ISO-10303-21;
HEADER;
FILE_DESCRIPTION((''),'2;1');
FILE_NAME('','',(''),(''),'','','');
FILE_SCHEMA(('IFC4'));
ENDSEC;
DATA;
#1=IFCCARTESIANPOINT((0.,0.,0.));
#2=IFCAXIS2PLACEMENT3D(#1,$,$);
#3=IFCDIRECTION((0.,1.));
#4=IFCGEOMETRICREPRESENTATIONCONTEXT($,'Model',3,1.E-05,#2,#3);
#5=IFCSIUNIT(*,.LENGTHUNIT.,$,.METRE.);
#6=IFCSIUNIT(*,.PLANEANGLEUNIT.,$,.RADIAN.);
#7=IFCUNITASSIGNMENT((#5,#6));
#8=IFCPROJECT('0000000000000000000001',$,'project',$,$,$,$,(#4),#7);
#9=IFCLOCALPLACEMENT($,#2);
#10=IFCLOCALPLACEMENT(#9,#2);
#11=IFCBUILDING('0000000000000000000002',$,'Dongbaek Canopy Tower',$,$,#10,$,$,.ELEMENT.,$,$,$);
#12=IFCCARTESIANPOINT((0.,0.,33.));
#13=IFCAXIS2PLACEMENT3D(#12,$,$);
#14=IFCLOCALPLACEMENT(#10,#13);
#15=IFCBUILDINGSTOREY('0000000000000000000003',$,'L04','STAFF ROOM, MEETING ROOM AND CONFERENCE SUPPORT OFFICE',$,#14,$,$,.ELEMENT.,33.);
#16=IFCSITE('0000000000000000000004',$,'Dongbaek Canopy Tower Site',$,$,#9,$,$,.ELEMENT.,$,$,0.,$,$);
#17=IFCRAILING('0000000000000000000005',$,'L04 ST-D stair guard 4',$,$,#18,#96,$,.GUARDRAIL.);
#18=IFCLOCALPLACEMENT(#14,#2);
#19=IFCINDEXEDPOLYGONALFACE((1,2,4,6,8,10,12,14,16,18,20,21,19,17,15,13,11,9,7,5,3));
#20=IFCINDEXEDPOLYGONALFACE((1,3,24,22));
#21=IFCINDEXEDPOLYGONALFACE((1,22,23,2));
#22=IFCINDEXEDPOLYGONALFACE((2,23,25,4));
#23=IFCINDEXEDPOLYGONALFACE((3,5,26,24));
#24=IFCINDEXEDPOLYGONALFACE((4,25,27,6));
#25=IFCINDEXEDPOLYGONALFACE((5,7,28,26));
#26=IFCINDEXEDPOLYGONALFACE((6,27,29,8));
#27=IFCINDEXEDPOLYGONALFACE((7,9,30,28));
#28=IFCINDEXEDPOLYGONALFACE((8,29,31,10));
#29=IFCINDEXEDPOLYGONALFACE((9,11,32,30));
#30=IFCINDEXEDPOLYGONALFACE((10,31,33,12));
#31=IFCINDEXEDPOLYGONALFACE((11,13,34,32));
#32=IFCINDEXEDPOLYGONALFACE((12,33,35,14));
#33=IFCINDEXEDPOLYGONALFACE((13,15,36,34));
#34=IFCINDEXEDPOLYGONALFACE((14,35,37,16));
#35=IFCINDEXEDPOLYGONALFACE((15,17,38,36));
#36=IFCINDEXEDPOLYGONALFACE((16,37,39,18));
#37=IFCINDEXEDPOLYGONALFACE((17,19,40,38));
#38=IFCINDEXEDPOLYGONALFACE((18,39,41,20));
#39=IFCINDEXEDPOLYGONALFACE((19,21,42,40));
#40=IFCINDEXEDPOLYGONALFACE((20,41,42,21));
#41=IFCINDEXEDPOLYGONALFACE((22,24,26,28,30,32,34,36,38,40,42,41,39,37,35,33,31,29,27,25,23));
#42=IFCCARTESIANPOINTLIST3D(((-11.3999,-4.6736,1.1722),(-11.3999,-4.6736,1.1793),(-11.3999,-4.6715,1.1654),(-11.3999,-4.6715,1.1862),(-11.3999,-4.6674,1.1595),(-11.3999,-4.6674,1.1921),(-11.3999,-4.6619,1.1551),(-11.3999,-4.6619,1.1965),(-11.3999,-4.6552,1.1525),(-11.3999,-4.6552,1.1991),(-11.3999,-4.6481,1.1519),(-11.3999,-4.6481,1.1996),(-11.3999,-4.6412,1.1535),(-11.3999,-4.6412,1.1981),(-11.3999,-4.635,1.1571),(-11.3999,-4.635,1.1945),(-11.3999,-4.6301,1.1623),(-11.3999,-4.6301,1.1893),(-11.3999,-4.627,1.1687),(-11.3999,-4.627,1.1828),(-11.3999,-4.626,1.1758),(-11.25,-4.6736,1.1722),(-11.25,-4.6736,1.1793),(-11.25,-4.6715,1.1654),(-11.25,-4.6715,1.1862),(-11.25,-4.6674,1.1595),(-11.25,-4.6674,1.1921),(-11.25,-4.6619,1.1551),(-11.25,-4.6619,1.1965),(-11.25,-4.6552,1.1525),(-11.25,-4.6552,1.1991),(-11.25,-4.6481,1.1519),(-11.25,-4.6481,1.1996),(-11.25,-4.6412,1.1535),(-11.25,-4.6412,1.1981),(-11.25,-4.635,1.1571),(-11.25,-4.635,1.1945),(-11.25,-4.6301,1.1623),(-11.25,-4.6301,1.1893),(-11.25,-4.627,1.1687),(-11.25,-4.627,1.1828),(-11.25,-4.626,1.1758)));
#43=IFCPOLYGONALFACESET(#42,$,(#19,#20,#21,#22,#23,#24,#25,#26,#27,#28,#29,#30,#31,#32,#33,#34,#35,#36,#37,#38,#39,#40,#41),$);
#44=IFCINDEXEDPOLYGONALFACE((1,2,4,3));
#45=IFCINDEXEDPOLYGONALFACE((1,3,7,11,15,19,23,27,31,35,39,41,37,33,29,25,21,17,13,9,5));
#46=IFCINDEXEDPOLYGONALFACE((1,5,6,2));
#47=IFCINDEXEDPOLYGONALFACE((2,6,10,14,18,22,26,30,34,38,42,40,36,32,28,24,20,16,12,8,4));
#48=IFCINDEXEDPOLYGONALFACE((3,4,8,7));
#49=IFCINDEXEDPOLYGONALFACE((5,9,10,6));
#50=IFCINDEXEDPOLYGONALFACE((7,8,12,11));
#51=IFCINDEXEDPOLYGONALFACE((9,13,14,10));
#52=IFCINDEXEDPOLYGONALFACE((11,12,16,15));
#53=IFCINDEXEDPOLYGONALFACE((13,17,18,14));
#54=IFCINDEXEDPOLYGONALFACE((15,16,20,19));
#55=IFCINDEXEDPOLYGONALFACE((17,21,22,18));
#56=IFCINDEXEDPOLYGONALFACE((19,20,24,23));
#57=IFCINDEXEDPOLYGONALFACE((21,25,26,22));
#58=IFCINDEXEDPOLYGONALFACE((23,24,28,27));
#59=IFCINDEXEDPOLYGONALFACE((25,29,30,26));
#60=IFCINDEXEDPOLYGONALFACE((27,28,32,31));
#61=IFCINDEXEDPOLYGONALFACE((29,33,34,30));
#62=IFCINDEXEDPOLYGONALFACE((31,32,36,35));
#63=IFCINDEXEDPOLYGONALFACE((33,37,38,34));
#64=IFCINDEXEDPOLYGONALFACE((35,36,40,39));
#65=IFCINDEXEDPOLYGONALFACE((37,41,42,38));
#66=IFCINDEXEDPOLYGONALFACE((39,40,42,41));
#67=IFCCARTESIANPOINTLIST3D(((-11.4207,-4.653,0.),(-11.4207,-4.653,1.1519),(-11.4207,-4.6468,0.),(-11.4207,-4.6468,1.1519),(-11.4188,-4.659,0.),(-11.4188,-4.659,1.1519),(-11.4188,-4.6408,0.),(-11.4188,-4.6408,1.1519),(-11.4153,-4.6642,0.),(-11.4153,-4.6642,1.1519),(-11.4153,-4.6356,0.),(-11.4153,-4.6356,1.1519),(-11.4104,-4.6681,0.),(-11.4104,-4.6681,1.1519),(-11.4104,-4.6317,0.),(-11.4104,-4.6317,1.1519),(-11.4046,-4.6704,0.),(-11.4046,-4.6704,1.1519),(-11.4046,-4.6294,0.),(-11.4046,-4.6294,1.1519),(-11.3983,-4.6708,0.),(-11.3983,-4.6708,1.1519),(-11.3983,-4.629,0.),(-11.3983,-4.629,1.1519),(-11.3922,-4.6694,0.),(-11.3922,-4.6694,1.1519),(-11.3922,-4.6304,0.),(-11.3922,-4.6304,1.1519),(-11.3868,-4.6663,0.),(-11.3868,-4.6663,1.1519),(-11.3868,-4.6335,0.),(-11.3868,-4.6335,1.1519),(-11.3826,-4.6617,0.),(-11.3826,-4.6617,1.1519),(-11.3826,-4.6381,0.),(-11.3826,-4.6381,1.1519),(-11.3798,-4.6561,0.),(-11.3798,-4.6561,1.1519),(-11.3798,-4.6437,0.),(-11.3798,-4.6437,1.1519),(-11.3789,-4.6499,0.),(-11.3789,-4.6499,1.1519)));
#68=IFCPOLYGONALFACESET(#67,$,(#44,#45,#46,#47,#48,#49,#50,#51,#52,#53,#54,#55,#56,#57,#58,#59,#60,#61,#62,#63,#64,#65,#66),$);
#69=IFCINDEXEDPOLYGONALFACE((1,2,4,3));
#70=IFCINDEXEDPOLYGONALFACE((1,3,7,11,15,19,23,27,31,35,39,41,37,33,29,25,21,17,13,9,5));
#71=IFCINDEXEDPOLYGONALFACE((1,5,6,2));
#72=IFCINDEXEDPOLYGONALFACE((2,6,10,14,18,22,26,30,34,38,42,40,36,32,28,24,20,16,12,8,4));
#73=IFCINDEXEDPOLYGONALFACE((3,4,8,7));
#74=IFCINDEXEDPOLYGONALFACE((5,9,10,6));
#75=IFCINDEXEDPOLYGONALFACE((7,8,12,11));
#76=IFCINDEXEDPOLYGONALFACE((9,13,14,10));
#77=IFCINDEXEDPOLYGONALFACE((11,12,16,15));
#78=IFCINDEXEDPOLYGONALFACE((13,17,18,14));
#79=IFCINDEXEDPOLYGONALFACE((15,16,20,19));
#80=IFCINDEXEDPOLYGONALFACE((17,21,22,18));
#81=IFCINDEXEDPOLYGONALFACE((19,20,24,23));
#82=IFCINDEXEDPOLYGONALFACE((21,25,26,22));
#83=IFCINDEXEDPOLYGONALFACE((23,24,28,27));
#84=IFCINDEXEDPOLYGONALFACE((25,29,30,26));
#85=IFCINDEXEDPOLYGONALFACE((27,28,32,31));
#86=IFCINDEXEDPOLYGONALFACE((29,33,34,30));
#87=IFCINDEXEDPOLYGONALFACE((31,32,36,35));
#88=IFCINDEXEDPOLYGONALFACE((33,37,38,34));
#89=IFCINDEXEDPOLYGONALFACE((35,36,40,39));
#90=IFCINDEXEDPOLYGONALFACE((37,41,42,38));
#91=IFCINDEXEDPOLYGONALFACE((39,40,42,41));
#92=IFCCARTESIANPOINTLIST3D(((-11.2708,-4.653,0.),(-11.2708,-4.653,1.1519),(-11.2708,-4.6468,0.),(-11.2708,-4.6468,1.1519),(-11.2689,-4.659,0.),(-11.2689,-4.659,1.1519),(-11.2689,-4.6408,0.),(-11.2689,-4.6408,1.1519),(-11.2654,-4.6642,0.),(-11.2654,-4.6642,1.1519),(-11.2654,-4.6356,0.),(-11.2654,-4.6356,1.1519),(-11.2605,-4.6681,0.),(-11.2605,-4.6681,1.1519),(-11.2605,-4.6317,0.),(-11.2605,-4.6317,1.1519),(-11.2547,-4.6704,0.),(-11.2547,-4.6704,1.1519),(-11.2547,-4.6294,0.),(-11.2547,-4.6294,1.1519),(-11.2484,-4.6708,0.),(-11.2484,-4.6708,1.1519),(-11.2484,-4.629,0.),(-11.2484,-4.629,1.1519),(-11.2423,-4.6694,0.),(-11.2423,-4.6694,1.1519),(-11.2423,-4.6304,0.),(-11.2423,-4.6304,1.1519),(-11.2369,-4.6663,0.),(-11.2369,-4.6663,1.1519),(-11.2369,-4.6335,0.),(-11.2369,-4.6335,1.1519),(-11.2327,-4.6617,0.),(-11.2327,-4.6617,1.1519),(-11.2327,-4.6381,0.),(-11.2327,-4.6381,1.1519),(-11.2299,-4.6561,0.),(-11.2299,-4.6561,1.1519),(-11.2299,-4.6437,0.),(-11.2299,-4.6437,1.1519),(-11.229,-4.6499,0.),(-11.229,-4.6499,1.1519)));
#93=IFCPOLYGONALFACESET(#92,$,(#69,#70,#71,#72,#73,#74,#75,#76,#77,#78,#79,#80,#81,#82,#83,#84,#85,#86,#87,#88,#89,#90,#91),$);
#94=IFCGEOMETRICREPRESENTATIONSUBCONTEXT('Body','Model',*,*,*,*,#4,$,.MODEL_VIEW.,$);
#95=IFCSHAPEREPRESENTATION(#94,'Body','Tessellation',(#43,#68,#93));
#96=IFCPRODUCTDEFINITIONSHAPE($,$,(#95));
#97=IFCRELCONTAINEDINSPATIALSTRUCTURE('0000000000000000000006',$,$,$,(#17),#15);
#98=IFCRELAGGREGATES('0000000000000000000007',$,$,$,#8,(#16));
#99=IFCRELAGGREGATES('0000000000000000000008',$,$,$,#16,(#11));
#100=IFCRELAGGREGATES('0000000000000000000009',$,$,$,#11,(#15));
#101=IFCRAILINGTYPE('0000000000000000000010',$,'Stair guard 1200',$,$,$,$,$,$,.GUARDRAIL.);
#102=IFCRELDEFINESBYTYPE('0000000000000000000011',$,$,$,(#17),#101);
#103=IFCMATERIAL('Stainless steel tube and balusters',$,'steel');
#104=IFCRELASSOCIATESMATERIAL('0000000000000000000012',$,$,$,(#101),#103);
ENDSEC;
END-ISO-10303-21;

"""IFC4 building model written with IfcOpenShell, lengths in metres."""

from ifc_helpers import new_model, si_unit, direction, frame, origin, origin_2d, place, context, subcontext, project, spatial, circle, extrude, material, type_object, element, save


model = new_model("IFC4")

# Units and contexts
model_context = context("Model", 3, precision=1e-05, world=origin(), true_north=direction((0.0, 1.0)))
body_context = subcontext(model_context, "Body", "Model", "MODEL_VIEW")
ifc_project = project(units=[si_unit("LENGTHUNIT", "METRE"), si_unit("PLANEANGLEUNIT", "RADIAN")], contexts=[model_context])

# Site, building, storey
site_placement = place(None, origin())
site = spatial("IfcSite", under=ifc_project, at=site_placement, Name="Dongbaek Canopy Tower Site", CompositionType="ELEMENT", RefElevation=0.0)
building_placement = place(site_placement, origin())
building = spatial("IfcBuilding", under=site, at=building_placement, Name="Dongbaek Canopy Tower", CompositionType="ELEMENT")
storey_placement = place(building_placement, frame((0.0, 0.0, 33.0)))
storey = spatial("IfcBuildingStorey", under=building, at=storey_placement, Name="L04", Description="STAFF ROOM, MEETING ROOM AND CONFERENCE SUPPORT OFFICE", CompositionType="ELEMENT", Elevation=33.0)

# Railing
ifc_material_1 = material(Name="Stainless steel tube and balusters", Category="steel")
railing_type_1 = type_object("IfcRailingType", Name="Stair guard 1200", PredefinedType="GUARDRAIL", material=ifc_material_1)
railing_1_placement = place(storey_placement, frame((-11.3999, -4.6499, 0.0)))
element("IfcRailing", 1, at=railing_1_placement, inside=storey, type_object=railing_type_1, Name="L04 ST-D stair guard 4", PredefinedType="GUARDRAIL", context=body_context, shape_type="SweptSolid", body=[
    extrude(circle(Radius=0.0239, at=origin_2d()), frame((0.0, 0.0, 1.1758), z_axis=(1.0, 0.0, 0.0), x_axis=(0.0, 1.0, 0.0)), (0.0, 0.0, 1.0), 0.1499),
    extrude(circle(Radius=0.021, at=origin_2d()), origin(), (0.0, 0.0, 1.0), 1.1519),
    extrude(circle(Radius=0.021, at=origin_2d()), frame((0.1499, 0.0, 0.0)), (0.0, 0.0, 1.0), 1.1519),
])

save(model, "model.ifc")
